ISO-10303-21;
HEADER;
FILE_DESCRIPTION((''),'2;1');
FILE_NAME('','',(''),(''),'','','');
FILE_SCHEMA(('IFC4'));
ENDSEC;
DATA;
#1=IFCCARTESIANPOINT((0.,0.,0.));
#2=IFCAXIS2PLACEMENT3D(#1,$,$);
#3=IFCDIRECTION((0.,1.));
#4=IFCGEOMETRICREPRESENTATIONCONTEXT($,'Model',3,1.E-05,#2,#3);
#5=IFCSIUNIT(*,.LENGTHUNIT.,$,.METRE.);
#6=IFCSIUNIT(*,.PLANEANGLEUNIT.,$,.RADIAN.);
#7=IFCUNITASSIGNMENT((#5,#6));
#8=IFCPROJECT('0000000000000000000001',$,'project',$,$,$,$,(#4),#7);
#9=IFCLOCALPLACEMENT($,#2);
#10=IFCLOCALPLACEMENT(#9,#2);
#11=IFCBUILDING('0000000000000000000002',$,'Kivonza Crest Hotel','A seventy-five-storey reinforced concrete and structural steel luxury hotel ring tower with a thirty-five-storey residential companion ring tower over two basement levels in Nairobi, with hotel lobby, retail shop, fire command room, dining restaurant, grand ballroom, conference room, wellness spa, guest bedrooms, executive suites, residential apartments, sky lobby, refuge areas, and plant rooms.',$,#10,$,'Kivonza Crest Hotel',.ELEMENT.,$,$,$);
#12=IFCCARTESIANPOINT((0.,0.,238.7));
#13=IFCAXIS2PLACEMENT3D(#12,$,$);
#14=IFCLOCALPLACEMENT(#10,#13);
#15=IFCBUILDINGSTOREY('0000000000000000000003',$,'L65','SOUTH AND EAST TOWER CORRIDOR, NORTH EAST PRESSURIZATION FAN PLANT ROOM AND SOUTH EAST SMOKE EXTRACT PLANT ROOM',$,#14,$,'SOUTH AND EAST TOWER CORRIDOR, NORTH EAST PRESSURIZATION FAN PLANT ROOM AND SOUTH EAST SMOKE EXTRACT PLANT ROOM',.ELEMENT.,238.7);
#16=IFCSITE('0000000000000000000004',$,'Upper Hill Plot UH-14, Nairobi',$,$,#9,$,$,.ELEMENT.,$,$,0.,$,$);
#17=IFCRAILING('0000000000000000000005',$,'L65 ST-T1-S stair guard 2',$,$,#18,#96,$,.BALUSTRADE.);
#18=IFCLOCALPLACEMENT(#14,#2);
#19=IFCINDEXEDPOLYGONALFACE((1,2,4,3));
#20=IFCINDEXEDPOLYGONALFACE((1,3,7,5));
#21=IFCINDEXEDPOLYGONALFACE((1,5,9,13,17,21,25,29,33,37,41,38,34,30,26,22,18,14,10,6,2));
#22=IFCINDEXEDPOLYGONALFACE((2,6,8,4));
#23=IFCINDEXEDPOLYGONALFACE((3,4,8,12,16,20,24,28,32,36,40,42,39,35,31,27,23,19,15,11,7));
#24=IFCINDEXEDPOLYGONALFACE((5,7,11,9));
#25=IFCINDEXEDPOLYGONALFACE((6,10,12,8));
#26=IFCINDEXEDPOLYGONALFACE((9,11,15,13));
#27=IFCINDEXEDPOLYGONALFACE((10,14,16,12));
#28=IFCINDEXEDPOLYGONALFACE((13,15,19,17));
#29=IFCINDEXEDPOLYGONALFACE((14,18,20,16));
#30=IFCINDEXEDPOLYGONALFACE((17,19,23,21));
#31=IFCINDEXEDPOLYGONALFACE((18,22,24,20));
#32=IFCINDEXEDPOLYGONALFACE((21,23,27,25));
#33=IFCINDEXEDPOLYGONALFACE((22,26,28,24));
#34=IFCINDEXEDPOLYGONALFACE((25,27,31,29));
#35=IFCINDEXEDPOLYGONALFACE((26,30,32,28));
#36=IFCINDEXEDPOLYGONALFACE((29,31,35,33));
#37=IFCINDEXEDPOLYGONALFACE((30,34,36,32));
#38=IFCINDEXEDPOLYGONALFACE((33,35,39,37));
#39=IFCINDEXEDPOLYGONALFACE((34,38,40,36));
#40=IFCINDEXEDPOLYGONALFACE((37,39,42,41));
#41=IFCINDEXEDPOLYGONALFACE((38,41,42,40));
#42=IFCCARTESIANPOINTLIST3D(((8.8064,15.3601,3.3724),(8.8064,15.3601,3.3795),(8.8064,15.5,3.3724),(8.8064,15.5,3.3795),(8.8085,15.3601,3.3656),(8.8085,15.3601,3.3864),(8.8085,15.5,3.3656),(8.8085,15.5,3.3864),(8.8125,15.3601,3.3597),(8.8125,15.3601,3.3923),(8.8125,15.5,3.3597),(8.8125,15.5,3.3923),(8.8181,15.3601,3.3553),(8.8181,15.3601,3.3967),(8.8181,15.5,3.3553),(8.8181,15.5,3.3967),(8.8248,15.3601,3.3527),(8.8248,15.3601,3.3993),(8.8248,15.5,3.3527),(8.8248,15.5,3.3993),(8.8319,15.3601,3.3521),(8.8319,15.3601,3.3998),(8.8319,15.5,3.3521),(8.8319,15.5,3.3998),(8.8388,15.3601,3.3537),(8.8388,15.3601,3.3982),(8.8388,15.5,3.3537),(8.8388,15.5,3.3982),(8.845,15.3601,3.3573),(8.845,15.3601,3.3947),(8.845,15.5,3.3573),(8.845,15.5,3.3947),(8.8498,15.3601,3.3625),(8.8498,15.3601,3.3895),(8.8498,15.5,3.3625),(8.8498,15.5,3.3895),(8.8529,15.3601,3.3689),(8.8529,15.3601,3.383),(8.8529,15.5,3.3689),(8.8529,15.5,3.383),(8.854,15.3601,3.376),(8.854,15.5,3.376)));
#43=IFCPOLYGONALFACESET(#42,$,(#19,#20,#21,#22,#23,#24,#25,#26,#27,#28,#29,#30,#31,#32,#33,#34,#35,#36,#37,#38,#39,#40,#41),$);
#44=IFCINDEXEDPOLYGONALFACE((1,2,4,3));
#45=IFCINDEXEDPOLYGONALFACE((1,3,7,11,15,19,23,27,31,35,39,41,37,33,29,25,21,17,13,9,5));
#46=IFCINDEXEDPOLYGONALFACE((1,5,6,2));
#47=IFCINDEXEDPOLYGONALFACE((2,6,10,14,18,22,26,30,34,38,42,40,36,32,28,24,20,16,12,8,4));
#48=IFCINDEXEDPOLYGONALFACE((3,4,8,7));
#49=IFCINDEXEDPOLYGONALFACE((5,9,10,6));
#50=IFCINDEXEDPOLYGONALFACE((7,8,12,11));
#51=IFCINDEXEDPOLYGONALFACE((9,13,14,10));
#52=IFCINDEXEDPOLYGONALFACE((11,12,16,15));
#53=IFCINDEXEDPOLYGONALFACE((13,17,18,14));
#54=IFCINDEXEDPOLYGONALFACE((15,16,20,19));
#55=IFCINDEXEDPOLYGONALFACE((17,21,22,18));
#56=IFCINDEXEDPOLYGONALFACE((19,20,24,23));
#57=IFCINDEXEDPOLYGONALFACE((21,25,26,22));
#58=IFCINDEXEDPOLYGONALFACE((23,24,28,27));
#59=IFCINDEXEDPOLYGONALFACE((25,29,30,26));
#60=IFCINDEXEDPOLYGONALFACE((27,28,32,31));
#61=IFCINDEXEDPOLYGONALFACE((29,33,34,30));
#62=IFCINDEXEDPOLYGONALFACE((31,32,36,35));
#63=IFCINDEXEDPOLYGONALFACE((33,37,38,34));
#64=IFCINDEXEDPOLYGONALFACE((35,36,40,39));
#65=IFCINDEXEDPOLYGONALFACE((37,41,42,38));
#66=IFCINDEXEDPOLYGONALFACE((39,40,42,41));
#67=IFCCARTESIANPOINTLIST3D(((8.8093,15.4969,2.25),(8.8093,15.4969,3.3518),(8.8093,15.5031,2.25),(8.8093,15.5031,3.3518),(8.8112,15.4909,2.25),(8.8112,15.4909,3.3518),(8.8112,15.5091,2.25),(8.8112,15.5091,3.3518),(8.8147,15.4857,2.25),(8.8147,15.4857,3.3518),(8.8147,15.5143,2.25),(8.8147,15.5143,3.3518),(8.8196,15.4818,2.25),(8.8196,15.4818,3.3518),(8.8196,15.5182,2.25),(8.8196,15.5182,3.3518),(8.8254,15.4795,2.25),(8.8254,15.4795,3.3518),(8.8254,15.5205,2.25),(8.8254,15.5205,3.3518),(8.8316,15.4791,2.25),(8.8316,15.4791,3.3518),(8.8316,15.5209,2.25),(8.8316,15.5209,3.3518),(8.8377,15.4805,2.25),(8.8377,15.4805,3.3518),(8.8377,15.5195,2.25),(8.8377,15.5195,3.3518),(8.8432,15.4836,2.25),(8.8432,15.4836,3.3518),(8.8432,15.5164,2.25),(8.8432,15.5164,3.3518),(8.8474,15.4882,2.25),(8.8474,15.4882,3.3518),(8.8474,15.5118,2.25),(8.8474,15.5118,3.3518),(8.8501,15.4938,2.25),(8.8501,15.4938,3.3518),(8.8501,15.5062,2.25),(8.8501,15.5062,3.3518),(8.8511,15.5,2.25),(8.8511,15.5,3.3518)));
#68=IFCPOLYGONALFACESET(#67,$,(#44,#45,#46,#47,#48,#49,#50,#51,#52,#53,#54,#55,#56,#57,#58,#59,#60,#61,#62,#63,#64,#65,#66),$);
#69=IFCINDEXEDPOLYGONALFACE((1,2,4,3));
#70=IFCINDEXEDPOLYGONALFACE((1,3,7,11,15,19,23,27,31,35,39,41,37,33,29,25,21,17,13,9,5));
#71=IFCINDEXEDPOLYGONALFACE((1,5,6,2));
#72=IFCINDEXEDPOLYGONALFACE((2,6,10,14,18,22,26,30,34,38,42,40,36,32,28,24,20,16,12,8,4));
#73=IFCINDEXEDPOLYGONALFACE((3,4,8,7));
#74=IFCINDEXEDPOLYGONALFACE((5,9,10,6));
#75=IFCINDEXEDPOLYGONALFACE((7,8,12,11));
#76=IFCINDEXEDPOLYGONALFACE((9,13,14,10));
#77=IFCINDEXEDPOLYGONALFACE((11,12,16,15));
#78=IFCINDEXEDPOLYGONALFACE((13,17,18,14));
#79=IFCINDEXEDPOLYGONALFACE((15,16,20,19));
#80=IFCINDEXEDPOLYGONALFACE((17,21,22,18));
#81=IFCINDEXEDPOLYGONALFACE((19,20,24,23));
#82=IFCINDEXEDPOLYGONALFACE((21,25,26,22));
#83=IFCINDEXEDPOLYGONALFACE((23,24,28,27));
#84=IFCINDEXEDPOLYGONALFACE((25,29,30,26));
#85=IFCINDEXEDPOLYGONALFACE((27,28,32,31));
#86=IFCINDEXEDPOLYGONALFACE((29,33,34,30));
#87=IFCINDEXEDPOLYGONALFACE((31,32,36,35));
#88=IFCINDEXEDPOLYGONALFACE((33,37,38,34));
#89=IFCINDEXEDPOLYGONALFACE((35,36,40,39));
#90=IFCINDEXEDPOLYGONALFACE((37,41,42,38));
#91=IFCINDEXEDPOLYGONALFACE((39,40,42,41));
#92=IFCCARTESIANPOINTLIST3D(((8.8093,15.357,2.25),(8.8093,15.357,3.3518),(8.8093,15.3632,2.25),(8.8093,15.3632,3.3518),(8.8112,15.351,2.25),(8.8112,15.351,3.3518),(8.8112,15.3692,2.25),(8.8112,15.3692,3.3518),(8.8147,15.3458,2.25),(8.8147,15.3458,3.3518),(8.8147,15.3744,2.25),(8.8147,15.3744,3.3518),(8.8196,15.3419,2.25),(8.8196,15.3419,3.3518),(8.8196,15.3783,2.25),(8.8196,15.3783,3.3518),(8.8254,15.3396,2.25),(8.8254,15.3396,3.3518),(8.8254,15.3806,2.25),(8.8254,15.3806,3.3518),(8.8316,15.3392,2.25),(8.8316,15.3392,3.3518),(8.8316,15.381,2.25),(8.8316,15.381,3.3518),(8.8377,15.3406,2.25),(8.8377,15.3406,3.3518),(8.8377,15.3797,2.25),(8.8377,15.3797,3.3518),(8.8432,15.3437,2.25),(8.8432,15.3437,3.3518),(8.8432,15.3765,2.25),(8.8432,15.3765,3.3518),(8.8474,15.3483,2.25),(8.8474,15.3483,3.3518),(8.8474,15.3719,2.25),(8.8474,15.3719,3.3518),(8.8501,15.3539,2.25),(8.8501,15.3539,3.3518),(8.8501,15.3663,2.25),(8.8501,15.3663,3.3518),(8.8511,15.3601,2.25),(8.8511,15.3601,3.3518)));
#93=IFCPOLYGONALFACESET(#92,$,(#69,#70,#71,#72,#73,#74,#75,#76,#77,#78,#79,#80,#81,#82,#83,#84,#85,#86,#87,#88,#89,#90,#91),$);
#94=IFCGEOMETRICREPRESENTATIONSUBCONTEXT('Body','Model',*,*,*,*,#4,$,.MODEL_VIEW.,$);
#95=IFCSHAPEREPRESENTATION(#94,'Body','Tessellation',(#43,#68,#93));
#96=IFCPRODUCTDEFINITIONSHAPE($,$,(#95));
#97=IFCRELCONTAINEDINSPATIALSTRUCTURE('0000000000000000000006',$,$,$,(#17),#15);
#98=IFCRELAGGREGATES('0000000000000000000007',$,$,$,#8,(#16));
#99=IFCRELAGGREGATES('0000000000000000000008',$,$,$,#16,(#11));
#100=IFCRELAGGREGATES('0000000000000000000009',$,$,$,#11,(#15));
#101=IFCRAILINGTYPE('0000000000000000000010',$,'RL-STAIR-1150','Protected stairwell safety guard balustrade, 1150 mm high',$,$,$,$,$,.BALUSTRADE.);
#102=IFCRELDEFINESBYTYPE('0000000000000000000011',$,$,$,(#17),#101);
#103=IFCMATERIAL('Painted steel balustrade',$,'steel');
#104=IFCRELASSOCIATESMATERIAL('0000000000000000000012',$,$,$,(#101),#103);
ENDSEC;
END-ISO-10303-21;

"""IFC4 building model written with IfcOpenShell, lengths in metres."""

from ifc_helpers import new_model, si_unit, direction, frame, origin, origin_2d, place, context, subcontext, project, spatial, circle, extrude, material, type_object, element, save


model = new_model("IFC4")

# Units and contexts
model_context = context("Model", 3, precision=1e-05, world=origin(), true_north=direction((0.0, 1.0)))
body_context = subcontext(model_context, "Body", "Model", "MODEL_VIEW")
ifc_project = project(units=[si_unit("LENGTHUNIT", "METRE"), si_unit("PLANEANGLEUNIT", "RADIAN")], contexts=[model_context])

# Site, building, storey
site_placement = place(None, origin())
site = spatial("IfcSite", under=ifc_project, at=site_placement, Name="Upper Hill Plot UH-14, Nairobi", CompositionType="ELEMENT", RefElevation=0.0)
building_placement = place(site_placement, origin())
building = spatial("IfcBuilding", under=site, at=building_placement, Name="Kivonza Crest Hotel", Description="A seventy-five-storey reinforced concrete and structural steel luxury hotel ring tower with a thirty-five-storey residential companion ring tower over two basement levels in Nairobi, with hotel lobby, retail shop, fire command room, dining restaurant, grand ballroom, conference room, wellness spa, guest bedrooms, executive suites, residential apartments, sky lobby, refuge areas, and plant rooms.", LongName="Kivonza Crest Hotel", CompositionType="ELEMENT")
storey_placement = place(building_placement, frame((0.0, 0.0, 238.7)))
storey = spatial("IfcBuildingStorey", under=building, at=storey_placement, Name="L65", Description="SOUTH AND EAST TOWER CORRIDOR, NORTH EAST PRESSURIZATION FAN PLANT ROOM AND SOUTH EAST SMOKE EXTRACT PLANT ROOM", LongName="SOUTH AND EAST TOWER CORRIDOR, NORTH EAST PRESSURIZATION FAN PLANT ROOM AND SOUTH EAST SMOKE EXTRACT PLANT ROOM", CompositionType="ELEMENT", Elevation=238.7)

# Railing
ifc_material_1 = material(Name="Painted steel balustrade", Category="steel")
railing_type_1 = type_object("IfcRailingType", Name="RL-STAIR-1150", Description="Protected stairwell safety guard balustrade, 1150 mm high", PredefinedType="BALUSTRADE", material=ifc_material_1)
railing_1_placement = place(storey_placement, frame((8.8301, 15.5, 2.25)))
element("IfcRailing", 1, at=railing_1_placement, inside=storey, type_object=railing_type_1, Name="L65 ST-T1-S stair guard 2", PredefinedType="BALUSTRADE", context=body_context, shape_type="SweptSolid", body=[
    extrude(circle(Radius=0.0239, at=origin_2d()), frame((0.0, 0.0, 1.126), z_axis=(0.0, -1.0, 0.0), x_axis=(1.0, 0.0, 0.0)), (0.0, 0.0, 1.0), 0.1399),
    extrude(circle(Radius=0.021, at=origin_2d()), origin(), (0.0, 0.0, 1.0), 1.1018),
    extrude(circle(Radius=0.021, at=origin_2d()), frame((0.0, -0.1399, 0.0)), (0.0, 0.0, 1.0), 1.1018),
])

save(model, "model.ifc")
